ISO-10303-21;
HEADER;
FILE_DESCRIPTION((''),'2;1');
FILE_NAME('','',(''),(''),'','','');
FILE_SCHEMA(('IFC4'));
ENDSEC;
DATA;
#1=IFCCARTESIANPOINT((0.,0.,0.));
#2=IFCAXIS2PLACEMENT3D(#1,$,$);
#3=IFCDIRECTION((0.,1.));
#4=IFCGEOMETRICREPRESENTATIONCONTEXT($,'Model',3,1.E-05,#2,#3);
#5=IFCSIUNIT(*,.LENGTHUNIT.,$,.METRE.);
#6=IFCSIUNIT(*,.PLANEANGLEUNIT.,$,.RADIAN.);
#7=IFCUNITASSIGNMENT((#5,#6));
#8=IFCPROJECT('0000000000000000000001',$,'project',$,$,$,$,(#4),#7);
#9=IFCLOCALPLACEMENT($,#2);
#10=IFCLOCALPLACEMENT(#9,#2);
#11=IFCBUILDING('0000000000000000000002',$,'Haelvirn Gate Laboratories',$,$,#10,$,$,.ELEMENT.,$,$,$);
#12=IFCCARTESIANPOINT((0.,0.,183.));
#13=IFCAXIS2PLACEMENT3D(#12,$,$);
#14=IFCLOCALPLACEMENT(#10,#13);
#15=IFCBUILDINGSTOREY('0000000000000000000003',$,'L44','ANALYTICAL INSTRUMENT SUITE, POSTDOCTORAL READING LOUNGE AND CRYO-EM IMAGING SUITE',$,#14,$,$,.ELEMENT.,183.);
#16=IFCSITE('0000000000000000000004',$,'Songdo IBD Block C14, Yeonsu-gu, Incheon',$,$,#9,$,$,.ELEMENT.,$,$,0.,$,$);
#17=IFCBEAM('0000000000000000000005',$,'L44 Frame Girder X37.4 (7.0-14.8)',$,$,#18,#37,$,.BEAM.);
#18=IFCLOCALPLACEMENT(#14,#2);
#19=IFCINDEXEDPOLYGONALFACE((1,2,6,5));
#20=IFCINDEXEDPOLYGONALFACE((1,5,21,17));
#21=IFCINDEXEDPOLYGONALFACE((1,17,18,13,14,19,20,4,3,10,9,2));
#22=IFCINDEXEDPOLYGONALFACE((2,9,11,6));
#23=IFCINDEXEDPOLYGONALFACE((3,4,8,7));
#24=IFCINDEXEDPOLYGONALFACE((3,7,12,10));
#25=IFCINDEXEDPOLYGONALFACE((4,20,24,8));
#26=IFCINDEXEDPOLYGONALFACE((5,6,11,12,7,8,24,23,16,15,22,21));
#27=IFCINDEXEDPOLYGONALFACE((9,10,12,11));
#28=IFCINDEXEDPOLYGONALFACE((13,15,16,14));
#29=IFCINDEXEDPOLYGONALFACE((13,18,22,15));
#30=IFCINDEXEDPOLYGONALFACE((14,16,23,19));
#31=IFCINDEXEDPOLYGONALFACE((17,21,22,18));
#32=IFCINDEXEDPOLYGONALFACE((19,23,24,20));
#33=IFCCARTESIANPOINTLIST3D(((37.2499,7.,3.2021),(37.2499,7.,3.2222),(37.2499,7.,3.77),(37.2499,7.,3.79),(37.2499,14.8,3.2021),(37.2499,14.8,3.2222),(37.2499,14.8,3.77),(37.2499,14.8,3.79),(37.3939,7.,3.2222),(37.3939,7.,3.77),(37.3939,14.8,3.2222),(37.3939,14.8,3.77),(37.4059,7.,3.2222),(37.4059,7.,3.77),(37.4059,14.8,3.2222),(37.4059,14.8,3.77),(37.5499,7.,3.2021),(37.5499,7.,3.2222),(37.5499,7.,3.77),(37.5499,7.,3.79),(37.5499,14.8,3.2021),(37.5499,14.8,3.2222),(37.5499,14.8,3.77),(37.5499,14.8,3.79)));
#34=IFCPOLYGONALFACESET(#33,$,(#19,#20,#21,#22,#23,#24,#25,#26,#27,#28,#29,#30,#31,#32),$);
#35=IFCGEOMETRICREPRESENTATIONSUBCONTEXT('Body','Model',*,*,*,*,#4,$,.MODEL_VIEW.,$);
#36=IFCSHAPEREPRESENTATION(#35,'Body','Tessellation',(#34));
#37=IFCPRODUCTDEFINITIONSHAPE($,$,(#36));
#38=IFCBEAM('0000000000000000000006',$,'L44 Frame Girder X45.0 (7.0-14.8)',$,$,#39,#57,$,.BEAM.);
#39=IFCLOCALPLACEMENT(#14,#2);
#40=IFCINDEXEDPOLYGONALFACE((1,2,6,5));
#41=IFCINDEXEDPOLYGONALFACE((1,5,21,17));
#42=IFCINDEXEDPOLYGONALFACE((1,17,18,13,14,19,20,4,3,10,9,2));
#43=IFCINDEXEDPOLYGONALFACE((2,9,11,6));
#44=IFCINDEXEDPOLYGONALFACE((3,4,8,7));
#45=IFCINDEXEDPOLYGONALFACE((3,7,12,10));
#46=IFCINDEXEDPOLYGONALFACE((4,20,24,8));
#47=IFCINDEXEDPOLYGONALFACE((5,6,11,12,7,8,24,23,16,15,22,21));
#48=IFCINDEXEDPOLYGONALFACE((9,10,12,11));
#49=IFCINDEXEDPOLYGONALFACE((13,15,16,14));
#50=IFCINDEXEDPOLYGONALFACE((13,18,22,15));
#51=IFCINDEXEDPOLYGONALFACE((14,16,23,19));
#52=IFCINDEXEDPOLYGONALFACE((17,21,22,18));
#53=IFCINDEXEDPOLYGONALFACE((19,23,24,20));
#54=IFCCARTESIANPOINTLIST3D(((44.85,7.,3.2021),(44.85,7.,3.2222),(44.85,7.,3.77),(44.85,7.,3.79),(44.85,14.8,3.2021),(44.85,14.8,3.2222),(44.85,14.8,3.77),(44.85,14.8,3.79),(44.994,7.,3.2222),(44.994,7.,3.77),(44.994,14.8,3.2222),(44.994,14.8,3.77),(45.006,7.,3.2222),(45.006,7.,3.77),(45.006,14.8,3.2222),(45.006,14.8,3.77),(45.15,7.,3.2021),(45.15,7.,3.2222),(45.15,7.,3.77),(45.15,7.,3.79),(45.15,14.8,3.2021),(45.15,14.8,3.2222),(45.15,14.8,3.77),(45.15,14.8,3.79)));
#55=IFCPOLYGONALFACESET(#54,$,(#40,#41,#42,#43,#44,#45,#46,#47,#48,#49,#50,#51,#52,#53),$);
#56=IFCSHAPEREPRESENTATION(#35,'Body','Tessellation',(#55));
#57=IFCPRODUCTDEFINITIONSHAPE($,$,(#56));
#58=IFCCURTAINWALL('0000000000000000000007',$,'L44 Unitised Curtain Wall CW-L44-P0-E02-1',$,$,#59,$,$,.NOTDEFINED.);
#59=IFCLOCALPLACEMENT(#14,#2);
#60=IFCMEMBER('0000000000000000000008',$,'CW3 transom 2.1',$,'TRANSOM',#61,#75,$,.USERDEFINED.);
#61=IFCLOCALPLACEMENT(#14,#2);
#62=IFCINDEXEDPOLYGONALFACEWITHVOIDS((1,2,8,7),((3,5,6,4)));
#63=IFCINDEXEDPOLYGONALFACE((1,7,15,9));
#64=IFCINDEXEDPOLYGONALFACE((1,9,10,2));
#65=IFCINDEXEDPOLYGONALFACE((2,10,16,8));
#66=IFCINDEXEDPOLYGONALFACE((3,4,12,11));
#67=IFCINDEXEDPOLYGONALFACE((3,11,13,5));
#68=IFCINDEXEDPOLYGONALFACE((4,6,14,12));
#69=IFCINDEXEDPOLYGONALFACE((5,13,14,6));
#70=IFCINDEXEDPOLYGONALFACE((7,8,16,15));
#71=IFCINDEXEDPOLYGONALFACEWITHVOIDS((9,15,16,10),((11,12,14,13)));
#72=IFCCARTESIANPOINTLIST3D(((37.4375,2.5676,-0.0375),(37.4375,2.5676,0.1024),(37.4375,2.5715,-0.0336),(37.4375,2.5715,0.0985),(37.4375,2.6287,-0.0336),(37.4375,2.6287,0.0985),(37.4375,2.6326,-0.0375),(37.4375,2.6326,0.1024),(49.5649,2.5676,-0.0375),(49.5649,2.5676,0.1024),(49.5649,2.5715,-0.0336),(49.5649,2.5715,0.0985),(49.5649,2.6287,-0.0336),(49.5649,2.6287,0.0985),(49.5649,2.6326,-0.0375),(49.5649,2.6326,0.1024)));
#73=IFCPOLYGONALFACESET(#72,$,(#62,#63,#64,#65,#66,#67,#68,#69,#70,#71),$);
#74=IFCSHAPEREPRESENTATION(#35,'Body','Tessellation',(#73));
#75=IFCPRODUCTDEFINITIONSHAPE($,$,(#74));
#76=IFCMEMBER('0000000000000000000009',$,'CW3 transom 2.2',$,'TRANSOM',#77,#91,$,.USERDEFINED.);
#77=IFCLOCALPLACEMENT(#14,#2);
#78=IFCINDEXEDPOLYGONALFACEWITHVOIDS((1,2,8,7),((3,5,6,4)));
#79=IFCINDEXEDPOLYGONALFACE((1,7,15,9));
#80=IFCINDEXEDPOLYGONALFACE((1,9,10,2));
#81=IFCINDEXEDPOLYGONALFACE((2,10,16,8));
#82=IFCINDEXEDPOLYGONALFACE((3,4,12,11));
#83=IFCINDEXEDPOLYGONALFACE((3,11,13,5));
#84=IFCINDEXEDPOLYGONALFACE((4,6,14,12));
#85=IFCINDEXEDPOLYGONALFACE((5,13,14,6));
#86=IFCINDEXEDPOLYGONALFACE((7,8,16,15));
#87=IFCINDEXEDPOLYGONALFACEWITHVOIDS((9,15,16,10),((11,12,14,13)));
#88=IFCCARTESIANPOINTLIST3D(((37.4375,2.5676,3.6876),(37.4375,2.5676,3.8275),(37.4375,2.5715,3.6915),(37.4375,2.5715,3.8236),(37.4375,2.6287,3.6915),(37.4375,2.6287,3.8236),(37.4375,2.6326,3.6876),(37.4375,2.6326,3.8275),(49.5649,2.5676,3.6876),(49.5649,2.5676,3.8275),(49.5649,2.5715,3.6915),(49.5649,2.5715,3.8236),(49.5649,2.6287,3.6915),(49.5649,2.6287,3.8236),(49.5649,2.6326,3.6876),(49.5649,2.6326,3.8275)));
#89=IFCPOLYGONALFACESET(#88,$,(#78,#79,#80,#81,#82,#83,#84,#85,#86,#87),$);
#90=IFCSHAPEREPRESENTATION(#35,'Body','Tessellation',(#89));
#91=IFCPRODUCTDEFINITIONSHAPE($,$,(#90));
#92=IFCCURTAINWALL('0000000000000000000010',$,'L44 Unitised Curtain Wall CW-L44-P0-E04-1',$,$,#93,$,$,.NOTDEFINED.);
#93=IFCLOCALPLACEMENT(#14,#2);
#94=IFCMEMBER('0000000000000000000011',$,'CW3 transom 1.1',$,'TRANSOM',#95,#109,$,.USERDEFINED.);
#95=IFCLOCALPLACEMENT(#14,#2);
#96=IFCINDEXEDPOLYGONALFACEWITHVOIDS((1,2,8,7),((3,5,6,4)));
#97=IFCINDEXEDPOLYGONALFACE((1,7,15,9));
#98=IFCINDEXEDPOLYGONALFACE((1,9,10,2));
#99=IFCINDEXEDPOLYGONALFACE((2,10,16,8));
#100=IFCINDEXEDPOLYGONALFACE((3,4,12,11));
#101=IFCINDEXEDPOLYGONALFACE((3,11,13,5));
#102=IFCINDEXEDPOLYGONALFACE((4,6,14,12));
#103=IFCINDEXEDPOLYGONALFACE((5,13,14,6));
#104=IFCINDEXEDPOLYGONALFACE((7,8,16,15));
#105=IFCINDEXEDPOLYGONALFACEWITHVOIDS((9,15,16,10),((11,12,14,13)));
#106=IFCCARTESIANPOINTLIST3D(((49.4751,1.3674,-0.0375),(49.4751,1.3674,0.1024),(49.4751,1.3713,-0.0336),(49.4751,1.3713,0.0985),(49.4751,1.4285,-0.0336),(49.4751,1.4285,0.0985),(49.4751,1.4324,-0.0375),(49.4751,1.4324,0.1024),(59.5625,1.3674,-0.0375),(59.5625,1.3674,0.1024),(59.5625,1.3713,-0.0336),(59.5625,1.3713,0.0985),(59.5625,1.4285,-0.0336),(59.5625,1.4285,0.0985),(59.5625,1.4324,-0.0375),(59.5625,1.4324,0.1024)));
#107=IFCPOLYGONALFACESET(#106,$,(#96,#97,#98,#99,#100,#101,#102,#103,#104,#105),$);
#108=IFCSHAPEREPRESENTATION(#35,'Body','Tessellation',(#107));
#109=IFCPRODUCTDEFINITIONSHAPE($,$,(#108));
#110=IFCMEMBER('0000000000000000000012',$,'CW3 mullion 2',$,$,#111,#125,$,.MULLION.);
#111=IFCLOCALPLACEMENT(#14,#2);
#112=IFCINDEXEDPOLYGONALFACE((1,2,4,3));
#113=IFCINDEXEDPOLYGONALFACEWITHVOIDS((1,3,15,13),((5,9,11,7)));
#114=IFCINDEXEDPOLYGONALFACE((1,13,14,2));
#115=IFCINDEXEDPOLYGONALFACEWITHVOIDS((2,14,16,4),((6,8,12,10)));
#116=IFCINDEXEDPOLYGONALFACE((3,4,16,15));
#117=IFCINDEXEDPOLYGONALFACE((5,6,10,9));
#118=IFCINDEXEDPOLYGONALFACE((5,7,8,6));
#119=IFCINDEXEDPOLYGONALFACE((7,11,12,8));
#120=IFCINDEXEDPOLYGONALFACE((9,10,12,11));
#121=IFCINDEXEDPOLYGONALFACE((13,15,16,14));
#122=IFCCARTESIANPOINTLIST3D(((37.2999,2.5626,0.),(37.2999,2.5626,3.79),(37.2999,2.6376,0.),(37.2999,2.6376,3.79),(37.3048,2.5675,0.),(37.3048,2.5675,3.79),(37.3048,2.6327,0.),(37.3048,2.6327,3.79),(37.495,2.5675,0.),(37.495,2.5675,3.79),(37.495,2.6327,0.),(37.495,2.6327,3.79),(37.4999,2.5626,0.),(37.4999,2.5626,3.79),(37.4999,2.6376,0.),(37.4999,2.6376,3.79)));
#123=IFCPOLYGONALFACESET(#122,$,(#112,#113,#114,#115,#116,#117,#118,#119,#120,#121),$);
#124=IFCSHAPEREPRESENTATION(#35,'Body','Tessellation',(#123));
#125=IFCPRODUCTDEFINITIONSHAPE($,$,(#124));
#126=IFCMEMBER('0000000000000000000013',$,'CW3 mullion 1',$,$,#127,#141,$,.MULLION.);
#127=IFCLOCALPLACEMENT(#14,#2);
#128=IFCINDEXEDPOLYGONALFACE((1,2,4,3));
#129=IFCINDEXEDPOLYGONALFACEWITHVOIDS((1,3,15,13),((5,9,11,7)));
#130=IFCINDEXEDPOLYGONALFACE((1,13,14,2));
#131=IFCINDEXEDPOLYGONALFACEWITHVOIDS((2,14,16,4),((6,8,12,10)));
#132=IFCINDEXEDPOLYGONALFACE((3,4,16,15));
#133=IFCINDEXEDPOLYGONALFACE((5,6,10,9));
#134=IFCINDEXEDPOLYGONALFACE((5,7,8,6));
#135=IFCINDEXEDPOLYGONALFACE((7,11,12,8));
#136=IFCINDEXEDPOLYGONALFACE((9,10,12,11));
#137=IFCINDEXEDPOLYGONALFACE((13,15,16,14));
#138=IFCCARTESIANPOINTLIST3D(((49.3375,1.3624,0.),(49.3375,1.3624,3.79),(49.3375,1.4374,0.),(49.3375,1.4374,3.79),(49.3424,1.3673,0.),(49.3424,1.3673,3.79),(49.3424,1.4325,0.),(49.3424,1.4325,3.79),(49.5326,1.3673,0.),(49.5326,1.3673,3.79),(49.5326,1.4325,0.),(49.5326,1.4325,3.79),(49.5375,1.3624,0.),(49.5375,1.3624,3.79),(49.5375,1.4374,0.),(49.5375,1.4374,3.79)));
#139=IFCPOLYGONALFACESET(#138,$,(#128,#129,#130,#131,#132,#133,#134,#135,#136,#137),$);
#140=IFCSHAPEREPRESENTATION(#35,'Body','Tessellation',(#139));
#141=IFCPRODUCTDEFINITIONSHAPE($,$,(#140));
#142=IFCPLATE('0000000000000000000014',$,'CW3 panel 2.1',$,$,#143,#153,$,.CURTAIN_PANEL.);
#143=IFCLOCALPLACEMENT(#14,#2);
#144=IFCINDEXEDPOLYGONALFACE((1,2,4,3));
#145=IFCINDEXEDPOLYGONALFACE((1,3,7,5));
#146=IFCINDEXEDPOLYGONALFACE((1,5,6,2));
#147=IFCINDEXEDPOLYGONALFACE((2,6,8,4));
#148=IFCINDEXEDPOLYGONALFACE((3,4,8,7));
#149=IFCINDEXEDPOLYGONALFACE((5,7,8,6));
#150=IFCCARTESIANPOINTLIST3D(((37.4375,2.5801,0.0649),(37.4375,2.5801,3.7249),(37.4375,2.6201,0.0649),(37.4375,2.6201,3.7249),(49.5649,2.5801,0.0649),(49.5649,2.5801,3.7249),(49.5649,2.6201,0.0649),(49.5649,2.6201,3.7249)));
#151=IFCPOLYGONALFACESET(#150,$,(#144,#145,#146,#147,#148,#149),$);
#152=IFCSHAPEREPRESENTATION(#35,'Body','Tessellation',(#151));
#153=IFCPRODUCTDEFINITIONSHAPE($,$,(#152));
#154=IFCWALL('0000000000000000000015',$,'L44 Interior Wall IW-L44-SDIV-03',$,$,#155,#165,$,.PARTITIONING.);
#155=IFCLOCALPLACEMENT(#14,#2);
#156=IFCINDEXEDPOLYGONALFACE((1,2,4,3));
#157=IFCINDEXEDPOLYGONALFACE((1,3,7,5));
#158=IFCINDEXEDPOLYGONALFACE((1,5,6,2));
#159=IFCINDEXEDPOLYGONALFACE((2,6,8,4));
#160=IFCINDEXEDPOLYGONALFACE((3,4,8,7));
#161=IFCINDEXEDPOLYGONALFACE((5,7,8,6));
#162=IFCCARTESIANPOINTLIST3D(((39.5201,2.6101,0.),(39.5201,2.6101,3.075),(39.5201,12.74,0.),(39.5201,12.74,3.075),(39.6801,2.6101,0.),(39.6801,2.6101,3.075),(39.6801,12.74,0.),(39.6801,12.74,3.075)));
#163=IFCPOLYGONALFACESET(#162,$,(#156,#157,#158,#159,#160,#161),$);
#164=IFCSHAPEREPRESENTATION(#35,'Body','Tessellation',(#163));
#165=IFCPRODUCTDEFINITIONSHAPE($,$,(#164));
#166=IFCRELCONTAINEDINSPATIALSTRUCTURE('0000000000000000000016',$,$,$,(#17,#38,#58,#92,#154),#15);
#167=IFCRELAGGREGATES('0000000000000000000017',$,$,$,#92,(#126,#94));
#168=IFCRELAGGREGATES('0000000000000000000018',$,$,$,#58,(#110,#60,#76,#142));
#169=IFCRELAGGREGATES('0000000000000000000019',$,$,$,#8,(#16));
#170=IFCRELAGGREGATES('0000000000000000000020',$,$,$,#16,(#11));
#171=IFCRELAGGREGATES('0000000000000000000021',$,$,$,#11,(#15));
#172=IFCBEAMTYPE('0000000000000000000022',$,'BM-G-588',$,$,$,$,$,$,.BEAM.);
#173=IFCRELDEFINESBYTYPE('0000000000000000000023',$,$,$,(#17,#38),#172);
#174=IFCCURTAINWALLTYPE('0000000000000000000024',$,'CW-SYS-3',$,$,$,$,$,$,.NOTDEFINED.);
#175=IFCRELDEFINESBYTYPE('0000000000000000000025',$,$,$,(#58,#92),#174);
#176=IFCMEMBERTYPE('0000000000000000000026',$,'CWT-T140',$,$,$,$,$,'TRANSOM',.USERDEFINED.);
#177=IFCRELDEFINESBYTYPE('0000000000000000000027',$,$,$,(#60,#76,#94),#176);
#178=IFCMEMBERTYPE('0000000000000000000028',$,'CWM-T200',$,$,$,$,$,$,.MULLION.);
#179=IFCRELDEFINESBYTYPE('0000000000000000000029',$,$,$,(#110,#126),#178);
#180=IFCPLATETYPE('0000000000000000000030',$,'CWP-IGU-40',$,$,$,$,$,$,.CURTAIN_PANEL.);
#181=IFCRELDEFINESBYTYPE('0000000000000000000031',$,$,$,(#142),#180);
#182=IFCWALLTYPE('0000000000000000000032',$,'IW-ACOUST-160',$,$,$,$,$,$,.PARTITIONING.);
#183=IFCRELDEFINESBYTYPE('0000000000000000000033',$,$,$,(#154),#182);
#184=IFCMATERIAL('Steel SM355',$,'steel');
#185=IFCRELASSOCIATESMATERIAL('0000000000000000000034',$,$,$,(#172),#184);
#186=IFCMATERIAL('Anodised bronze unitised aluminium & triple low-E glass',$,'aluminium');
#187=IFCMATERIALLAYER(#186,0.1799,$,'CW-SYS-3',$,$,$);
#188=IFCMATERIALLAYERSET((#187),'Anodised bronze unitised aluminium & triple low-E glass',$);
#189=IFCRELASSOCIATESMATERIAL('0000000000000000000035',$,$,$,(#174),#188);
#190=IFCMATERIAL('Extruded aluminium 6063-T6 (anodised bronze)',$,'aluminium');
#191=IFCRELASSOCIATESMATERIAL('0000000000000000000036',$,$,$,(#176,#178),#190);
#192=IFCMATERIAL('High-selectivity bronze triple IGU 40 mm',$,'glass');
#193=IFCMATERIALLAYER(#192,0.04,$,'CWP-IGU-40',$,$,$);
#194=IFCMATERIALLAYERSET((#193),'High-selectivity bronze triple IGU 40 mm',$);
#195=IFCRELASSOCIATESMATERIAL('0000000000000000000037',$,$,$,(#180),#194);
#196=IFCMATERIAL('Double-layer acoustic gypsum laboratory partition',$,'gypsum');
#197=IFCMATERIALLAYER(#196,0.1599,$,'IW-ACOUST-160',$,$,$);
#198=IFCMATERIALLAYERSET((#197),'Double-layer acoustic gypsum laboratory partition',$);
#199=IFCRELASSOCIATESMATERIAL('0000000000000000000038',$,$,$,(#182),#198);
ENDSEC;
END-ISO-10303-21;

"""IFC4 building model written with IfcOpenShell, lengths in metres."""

from ifc_helpers import new_model, si_unit, direction, frame, frame_2d, origin, origin_2d, place, context, subcontext, project, spatial, rectangle, hollow_rectangle, i_section, extrude, source, transform, mapped, material, layer, layer_set, material_profile, profile_set, type_object, type_shapes, element, aggregate, save


model = new_model("IFC4")

# Units and contexts
model_context = context("Model", 3, precision=1e-05, world=origin(), true_north=direction((0.0, 1.0)))
body_context = subcontext(model_context, "Body", "Model", "MODEL_VIEW")
ifc_project = project(units=[si_unit("LENGTHUNIT", "METRE"), si_unit("PLANEANGLEUNIT", "RADIAN")], contexts=[model_context])

# Site, building, storey
site_placement = place(None, origin())
site = spatial("IfcSite", under=ifc_project, at=site_placement, Name="Songdo IBD Block C14, Yeonsu-gu, Incheon", CompositionType="ELEMENT", RefElevation=0.0)
building_placement = place(site_placement, origin())
building = spatial("IfcBuilding", under=site, at=building_placement, Name="Haelvirn Gate Laboratories", CompositionType="ELEMENT")
storey_placement = place(building_placement, frame((0.0, 0.0, 183.0)))
storey = spatial("IfcBuildingStorey", under=building, at=storey_placement, Name="L44", Description="ANALYTICAL INSTRUMENT SUITE, POSTDOCTORAL READING LOUNGE AND CRYO-EM IMAGING SUITE", CompositionType="ELEMENT", Elevation=183.0)

# Shared definitions
ifc_material_1 = material(Name="Steel SM355", Category="steel")

# Beams
ifc_material_profile_1 = material_profile(ifc_material_1, i_section(OverallWidth=0.3, OverallDepth=0.5879, WebThickness=0.012, FlangeThickness=0.02, at=origin_2d()), Name="H-588x300x12x20")
ifc_profile_set_1 = profile_set([ifc_material_profile_1], Name="Steel SM355")
beam_type_1 = type_object("IfcBeamType", Name="BM-G-588", PredefinedType="BEAM", material=ifc_profile_set_1)
shared_shape_1 = source(origin(), body_context, "Body", "SweptSolid", [
    extrude(i_section(OverallWidth=0.3, OverallDepth=0.5879, WebThickness=0.012, FlangeThickness=0.02, at=origin_2d()), origin(), (0.0, 0.0, 1.0), 7.8),
])
type_shapes(beam_type_1, [shared_shape_1])
for number, where, z_axis, x_axis, name in (
    (1, (37.3999, 7.0, 3.4961), (0.0, 1.0, 0.0), (-1.0, 0.0, 0.0), "L44 Frame Girder X37.4 (7.0-14.8)"),
    (2, (45.0, 7.0, 3.4961), (0.0, 1.0, 0.0), (-1.0, 0.0, 0.0), "L44 Frame Girder X45.0 (7.0-14.8)"),
):
    element("IfcBeam", number, at=place(storey_placement, frame(where, z_axis=z_axis, x_axis=x_axis)), inside=storey, type_object=beam_type_1, Name=name, PredefinedType="BEAM", context=body_context, shape_type="MappedRepresentation", body=[
        mapped(shared_shape_1, transform((0.0, 0.0, 0.0), scale=1.0)),
    ])

# Curtain wall, members
ifc_material_2 = material(Name="Anodised bronze unitised aluminium & triple low-E glass", Category="aluminium")
ifc_layer_1 = layer(ifc_material_2, 0.1799, Name="CW-SYS-3")
ifc_layer_set_1 = layer_set([ifc_layer_1], Name="Anodised bronze unitised aluminium & triple low-E glass")
curtain_wall_type = type_object("IfcCurtainWallType", Name="CW-SYS-3", PredefinedType="NOTDEFINED", material=ifc_layer_set_1)
curtain_wall_1_placement = place(storey_placement, origin())
curtain_wall_1 = element("IfcCurtainWall", 3, at=curtain_wall_1_placement, inside=storey, type_object=curtain_wall_type, Name="L44 Unitised Curtain Wall CW-L44-P0-E02-1", PredefinedType="NOTDEFINED")
ifc_material_3 = material(Name="Extruded aluminium 6063-T6 (anodised bronze)", Category="aluminium")
ifc_material_profile_2 = material_profile(ifc_material_3, hollow_rectangle(XDim=0.0649, YDim=0.1399, WallThickness=0.0039, at=origin_2d()), Name="CWT-140x65x4")
ifc_profile_set_2 = profile_set([ifc_material_profile_2], Name="Extruded aluminium 6063-T6 (anodised bronze)")
member_type_1 = type_object("IfcMemberType", Name="CWT-T140", ElementType="TRANSOM", PredefinedType="USERDEFINED", material=ifc_profile_set_2)
shared_shape_2 = source(origin(), body_context, "Body", "SweptSolid", [
    extrude(hollow_rectangle(XDim=0.0649, YDim=0.1399, WallThickness=0.0039, at=origin_2d()), origin(), (0.0, 0.0, 1.0), 12.1274),
])
member_1_placement = place(storey_placement, frame((37.4375, 2.6001, 0.0325), z_axis=(1.0, 0.0, 0.0), x_axis=(0.0, 1.0, 0.0)))
member_1 = element("IfcMember", 4, at=member_1_placement, type_object=member_type_1, Name="CW3 transom 2.1", ObjectType="TRANSOM", PredefinedType="USERDEFINED", context=body_context, shape_type="MappedRepresentation", body=[
    mapped(shared_shape_2, transform((0.0, 0.0, 0.0), scale=1.0)),
])
member_2_placement = place(storey_placement, frame((37.4375, 2.6001, 3.7576), z_axis=(1.0, 0.0, 0.0), x_axis=(0.0, 1.0, 0.0)))
member_2 = element("IfcMember", 5, at=member_2_placement, type_object=member_type_1, Name="CW3 transom 2.2", ObjectType="TRANSOM", PredefinedType="USERDEFINED", context=body_context, shape_type="MappedRepresentation", body=[
    mapped(shared_shape_2, transform((0.0, 0.0, 0.0), scale=1.0)),
])

# Curtain wall, member
curtain_wall_2_placement = place(storey_placement, origin())
curtain_wall_2 = element("IfcCurtainWall", 6, at=curtain_wall_2_placement, inside=storey, type_object=curtain_wall_type, Name="L44 Unitised Curtain Wall CW-L44-P0-E04-1", PredefinedType="NOTDEFINED")
shared_shape_3 = source(origin(), body_context, "Body", "SweptSolid", [
    extrude(hollow_rectangle(XDim=0.0649, YDim=0.1399, WallThickness=0.0039, at=origin_2d()), origin(), (0.0, 0.0, 1.0), 10.0874),
])
type_shapes(member_type_1, [shared_shape_2, shared_shape_3])
member_3_placement = place(storey_placement, frame((49.4751, 1.3999, 0.0325), z_axis=(1.0, 0.0, 0.0), x_axis=(0.0, 1.0, 0.0)))
member_3 = element("IfcMember", 7, at=member_3_placement, type_object=member_type_1, Name="CW3 transom 1.1", ObjectType="TRANSOM", PredefinedType="USERDEFINED", context=body_context, shape_type="MappedRepresentation", body=[
    mapped(shared_shape_3, transform((0.0, 0.0, 0.0), scale=1.0)),
])

# Members
ifc_material_profile_3 = material_profile(ifc_material_3, hollow_rectangle(XDim=0.075, YDim=0.2, WallThickness=0.0049, at=origin_2d()), Name="CWM-200x75x5")
ifc_profile_set_3 = profile_set([ifc_material_profile_3], Name="Extruded aluminium 6063-T6 (anodised bronze)")
member_type_2 = type_object("IfcMemberType", Name="CWM-T200", PredefinedType="MULLION", material=ifc_profile_set_3)
shared_shape_4 = source(origin(), body_context, "Body", "SweptSolid", [
    extrude(hollow_rectangle(XDim=0.075, YDim=0.2, WallThickness=0.0049, at=origin_2d()), origin(), (0.0, 0.0, 1.0), 3.79),
])
type_shapes(member_type_2, [shared_shape_4])
member_4_placement = place(storey_placement, frame((37.3999, 2.6001, 0.0), z_axis=(0.0, 0.0, 1.0), x_axis=(0.0, 1.0, 0.0)))
member_4 = element("IfcMember", 8, at=member_4_placement, type_object=member_type_2, Name="CW3 mullion 2", PredefinedType="MULLION", context=body_context, shape_type="MappedRepresentation", body=[
    mapped(shared_shape_4, transform((0.0, 0.0, 0.0), scale=1.0)),
])
member_5_placement = place(storey_placement, frame((49.4375, 1.3999, 0.0), z_axis=(0.0, 0.0, 1.0), x_axis=(0.0, 1.0, 0.0)))
member_5 = element("IfcMember", 9, at=member_5_placement, type_object=member_type_2, Name="CW3 mullion 1", PredefinedType="MULLION", context=body_context, shape_type="MappedRepresentation", body=[
    mapped(shared_shape_4, transform((0.0, 0.0, 0.0), scale=1.0)),
])
aggregate(curtain_wall_2, [member_5, member_3])

# Plate
ifc_material_4 = material(Name="High-selectivity bronze triple IGU 40 mm", Category="glass")
ifc_layer_2 = layer(ifc_material_4, 0.04, Name="CWP-IGU-40")
ifc_layer_set_2 = layer_set([ifc_layer_2], Name="High-selectivity bronze triple IGU 40 mm")
plate_type = type_object("IfcPlateType", Name="CWP-IGU-40", PredefinedType="CURTAIN_PANEL", material=ifc_layer_set_2)
shared_shape_5 = source(origin(), body_context, "Body", "SweptSolid", [
    extrude(rectangle(XDim=12.1274, YDim=0.04, at=origin_2d()), origin(), (0.0, 0.0, 1.0), 3.6599),
])
type_shapes(plate_type, [shared_shape_5])
plate_placement = place(storey_placement, frame((43.5012, 2.6001, 0.0649), z_axis=(0.0, 0.0, 1.0), x_axis=(1.0, 0.0, 0.0)))
plate = element("IfcPlate", 10, at=plate_placement, type_object=plate_type, Name="CW3 panel 2.1", PredefinedType="CURTAIN_PANEL", context=body_context, shape_type="MappedRepresentation", body=[
    mapped(shared_shape_5, transform((0.0, 0.0, 0.0), scale=1.0)),
])
aggregate(curtain_wall_1, [member_4, member_1, member_2, plate])

# Wall
ifc_material_5 = material(Name="Double-layer acoustic gypsum laboratory partition", Category="gypsum")
ifc_layer_3 = layer(ifc_material_5, 0.1599, Name="IW-ACOUST-160")
ifc_layer_set_3 = layer_set([ifc_layer_3], Name="Double-layer acoustic gypsum laboratory partition")
wall_type_1 = type_object("IfcWallType", Name="IW-ACOUST-160", PredefinedType="PARTITIONING", material=ifc_layer_set_3)
wall_1_placement = place(storey_placement, frame((39.6001, 2.6101, 0.0), z_axis=(0.0, 0.0, 1.0), x_axis=(0.0, 1.0, 0.0)))
element("IfcWall", 11, at=wall_1_placement, inside=storey, type_object=wall_type_1, Name="L44 Interior Wall IW-L44-SDIV-03", PredefinedType="PARTITIONING", context=body_context, shape_type="SweptSolid", body=[
    extrude(rectangle(XDim=10.1299, YDim=0.1599, at=frame_2d((5.0649, 0.0))), origin(), (0.0, 0.0, 1.0), 3.075),
])

save(model, "model.ifc")
